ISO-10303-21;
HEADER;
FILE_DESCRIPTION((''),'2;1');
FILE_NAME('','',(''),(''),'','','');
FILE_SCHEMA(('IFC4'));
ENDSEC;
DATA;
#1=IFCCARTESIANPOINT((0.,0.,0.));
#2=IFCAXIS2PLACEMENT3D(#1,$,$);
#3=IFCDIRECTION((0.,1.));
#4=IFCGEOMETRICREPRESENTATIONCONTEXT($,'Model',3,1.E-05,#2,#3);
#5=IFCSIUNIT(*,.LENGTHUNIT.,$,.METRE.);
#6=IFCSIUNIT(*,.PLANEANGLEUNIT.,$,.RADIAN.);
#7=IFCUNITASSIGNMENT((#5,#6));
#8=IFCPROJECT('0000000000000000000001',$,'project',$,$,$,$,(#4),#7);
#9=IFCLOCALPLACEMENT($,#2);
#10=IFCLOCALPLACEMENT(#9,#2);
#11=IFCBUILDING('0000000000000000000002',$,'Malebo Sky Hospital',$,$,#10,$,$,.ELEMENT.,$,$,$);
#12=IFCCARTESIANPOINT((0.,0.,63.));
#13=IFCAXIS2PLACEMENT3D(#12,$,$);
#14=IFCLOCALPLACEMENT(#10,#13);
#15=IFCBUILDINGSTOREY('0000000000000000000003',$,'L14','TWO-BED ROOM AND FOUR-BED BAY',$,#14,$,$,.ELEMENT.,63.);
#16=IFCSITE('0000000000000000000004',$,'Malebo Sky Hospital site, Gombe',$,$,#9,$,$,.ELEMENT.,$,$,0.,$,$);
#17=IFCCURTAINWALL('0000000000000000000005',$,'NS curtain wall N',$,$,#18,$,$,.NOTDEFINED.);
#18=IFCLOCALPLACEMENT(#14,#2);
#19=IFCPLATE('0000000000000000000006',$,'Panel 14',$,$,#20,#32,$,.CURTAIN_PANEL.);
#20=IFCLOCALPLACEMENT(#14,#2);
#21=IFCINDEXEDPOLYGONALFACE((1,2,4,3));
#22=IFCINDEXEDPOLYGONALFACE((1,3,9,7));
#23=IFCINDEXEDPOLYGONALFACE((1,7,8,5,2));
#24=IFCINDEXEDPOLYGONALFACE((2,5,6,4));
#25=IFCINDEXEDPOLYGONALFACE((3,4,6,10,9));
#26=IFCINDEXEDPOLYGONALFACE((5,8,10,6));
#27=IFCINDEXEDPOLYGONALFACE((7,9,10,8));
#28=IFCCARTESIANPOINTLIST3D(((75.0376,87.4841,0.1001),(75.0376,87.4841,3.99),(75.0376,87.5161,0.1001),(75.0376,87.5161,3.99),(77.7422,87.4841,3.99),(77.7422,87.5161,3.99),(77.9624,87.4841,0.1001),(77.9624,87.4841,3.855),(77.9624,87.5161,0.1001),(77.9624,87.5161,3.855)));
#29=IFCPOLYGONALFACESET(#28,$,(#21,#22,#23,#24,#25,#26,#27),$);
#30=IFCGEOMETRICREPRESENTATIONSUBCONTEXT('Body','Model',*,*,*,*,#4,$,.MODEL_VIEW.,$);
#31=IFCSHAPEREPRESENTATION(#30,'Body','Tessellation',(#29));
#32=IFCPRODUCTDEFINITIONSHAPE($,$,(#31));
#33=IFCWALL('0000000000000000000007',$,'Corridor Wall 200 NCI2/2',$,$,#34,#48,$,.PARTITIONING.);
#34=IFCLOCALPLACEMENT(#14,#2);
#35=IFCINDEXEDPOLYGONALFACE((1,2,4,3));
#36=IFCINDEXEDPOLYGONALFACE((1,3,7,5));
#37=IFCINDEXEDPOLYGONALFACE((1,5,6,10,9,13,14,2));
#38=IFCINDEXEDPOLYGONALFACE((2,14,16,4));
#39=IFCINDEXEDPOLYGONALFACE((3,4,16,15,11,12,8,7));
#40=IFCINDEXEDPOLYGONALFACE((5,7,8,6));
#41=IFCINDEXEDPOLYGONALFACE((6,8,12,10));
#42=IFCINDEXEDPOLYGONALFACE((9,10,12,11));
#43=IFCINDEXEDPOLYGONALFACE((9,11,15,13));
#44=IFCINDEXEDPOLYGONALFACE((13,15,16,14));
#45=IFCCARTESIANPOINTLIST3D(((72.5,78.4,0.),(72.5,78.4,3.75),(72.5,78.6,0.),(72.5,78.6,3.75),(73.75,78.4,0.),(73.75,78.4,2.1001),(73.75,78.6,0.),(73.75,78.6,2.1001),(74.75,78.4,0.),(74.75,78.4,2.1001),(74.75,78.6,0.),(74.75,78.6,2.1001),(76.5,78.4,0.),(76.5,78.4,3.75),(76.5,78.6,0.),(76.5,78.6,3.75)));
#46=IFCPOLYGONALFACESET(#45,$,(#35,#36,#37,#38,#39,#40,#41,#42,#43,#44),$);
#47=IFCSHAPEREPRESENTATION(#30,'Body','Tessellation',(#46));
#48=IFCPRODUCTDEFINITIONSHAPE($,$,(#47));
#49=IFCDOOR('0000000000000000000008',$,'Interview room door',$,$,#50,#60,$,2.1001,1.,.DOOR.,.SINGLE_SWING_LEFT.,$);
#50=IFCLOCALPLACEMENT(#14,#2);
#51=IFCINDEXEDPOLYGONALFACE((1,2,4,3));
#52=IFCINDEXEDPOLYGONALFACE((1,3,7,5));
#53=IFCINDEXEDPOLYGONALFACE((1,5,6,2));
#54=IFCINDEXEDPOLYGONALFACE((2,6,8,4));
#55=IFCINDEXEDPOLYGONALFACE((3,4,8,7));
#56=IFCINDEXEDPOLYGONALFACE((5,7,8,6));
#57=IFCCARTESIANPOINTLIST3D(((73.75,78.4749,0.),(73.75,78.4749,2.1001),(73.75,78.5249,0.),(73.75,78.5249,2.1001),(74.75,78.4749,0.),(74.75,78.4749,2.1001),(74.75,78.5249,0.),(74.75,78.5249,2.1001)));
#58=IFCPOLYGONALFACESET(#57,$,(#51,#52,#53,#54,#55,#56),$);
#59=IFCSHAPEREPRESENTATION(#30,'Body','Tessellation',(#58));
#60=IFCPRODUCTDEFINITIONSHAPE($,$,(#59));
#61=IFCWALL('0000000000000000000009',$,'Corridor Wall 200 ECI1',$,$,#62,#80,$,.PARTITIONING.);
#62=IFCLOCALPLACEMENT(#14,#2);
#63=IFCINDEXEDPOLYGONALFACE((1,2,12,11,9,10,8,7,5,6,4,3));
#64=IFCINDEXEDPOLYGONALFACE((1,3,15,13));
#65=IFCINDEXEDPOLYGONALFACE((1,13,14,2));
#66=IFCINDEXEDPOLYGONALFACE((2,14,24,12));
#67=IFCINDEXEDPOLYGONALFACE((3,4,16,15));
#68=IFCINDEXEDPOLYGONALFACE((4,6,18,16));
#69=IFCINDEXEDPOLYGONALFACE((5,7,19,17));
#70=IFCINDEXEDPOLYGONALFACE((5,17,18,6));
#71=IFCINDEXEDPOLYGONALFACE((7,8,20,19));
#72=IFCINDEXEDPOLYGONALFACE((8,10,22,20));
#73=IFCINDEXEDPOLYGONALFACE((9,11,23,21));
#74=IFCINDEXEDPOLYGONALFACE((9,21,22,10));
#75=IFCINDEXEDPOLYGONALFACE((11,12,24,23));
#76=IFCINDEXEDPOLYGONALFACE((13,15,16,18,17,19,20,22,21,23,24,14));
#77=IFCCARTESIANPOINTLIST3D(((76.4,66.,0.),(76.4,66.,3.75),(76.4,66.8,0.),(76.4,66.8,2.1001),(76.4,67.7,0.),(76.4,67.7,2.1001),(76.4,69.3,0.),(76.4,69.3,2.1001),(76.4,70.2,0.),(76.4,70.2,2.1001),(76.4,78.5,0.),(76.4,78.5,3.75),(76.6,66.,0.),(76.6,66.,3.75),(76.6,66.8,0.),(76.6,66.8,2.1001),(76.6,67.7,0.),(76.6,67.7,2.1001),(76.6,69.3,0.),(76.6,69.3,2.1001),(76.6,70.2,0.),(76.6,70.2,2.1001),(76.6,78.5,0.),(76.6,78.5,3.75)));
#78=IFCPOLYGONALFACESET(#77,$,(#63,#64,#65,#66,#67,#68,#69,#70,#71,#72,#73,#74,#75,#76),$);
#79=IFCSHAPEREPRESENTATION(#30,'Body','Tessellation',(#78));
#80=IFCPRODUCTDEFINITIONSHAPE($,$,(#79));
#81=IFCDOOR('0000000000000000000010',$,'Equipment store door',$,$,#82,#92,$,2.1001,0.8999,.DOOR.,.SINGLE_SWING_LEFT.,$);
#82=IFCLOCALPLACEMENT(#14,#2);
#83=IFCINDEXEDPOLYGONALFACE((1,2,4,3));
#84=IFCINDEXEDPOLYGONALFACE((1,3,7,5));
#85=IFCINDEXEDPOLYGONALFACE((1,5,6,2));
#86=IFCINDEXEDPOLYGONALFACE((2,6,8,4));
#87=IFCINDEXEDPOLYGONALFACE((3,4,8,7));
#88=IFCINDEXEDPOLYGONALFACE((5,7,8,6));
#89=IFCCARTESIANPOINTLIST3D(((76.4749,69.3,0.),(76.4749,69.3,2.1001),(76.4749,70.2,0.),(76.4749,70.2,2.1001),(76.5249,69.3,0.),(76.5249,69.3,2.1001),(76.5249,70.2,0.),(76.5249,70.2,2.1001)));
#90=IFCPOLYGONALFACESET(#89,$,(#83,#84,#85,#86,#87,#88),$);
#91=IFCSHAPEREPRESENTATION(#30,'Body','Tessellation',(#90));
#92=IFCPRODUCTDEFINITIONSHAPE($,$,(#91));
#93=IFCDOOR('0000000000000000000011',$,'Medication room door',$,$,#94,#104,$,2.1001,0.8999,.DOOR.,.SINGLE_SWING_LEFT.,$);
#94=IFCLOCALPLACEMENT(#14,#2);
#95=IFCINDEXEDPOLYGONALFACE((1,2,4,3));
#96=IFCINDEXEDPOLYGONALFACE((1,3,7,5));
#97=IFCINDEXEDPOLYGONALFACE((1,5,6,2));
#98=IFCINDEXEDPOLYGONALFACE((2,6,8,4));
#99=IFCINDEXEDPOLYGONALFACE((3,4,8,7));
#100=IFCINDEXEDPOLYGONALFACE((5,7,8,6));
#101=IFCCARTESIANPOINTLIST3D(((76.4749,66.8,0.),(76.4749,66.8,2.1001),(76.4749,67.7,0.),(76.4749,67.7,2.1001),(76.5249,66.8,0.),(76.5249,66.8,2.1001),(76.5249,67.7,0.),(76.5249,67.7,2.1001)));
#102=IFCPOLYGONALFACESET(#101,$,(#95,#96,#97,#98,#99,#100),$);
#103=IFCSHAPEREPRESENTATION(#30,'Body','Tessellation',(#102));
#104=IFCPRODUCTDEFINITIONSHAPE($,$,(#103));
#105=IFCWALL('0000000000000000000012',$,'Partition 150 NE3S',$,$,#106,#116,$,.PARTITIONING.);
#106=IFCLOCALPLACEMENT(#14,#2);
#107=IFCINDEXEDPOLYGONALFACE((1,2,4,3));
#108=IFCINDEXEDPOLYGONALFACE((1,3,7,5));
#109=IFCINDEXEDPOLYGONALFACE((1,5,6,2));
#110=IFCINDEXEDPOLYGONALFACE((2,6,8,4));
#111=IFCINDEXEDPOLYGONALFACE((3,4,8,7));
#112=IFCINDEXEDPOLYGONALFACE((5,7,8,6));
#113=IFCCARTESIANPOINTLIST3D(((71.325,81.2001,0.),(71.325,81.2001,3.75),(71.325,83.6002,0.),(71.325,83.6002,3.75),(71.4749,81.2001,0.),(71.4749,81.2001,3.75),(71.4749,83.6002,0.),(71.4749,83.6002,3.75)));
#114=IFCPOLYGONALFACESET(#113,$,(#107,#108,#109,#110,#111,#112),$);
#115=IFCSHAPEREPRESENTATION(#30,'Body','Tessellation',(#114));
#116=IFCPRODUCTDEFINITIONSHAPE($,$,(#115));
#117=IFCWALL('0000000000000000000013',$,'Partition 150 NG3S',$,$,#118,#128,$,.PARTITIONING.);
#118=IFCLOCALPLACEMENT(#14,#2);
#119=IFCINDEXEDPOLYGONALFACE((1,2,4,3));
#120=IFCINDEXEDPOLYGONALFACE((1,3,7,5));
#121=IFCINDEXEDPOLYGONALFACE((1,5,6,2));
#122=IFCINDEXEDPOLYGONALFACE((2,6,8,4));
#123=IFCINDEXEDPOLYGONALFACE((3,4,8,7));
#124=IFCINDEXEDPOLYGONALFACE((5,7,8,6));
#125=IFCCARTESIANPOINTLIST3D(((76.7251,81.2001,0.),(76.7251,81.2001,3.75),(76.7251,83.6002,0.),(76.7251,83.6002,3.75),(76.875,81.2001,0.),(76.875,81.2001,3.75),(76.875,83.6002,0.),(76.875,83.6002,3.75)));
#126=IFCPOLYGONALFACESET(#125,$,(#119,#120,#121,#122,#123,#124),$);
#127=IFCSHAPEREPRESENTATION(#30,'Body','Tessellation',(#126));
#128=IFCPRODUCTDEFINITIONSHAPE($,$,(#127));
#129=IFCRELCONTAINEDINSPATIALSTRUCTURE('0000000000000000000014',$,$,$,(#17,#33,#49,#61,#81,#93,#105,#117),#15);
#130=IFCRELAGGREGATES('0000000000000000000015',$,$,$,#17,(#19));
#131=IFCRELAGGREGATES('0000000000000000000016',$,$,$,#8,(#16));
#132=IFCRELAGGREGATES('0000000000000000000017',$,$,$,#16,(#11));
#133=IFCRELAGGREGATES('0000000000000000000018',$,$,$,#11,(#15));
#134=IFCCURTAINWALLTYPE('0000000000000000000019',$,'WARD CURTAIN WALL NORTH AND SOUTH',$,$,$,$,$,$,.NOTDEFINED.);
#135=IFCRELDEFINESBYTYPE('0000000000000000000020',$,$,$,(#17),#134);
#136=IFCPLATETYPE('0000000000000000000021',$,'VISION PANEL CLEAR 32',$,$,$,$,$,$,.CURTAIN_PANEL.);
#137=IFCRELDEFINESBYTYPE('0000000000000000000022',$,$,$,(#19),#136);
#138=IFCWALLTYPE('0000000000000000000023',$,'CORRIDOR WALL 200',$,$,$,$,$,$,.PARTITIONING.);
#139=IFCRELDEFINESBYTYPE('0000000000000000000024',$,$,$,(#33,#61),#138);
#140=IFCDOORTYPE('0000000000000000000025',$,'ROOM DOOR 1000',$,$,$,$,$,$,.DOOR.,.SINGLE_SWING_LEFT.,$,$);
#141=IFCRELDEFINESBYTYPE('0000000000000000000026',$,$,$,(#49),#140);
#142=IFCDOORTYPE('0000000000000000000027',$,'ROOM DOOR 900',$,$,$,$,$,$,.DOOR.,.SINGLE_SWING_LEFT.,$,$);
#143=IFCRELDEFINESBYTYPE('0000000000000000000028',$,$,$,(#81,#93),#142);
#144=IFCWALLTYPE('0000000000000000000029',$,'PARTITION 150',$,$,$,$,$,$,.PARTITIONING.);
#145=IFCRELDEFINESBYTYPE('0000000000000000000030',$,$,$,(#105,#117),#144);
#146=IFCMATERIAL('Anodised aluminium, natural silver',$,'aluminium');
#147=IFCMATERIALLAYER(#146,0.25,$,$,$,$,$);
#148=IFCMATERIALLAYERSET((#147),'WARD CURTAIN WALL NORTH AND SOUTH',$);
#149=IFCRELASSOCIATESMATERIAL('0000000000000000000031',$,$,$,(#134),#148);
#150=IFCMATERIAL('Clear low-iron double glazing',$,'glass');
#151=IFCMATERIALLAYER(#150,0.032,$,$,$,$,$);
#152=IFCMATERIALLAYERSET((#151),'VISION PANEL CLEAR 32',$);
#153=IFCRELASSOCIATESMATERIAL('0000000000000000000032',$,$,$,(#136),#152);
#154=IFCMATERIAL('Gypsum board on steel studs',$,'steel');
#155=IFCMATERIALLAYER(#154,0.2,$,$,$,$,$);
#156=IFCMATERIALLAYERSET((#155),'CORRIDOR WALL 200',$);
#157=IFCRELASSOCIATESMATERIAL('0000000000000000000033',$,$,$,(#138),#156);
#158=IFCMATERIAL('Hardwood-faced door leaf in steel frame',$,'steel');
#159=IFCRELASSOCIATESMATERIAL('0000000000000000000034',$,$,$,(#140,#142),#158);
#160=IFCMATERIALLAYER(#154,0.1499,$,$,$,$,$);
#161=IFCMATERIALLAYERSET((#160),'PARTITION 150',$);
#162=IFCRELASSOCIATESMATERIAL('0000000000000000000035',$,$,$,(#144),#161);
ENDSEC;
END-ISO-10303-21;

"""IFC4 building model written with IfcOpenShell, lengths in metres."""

from ifc_helpers import new_model, si_unit, direction, frame, frame_2d, origin, place, context, subcontext, project, spatial, polyline, rectangle, outline, extrude, material, layer, layer_set, type_object, element, fill, aggregate, save


model = new_model("IFC4")

# Units and contexts
model_context = context("Model", 3, precision=1e-05, world=origin(), true_north=direction((0.0, 1.0)))
body_context = subcontext(model_context, "Body", "Model", "MODEL_VIEW")
ifc_project = project(units=[si_unit("LENGTHUNIT", "METRE"), si_unit("PLANEANGLEUNIT", "RADIAN")], contexts=[model_context])

# Site, building, storey
site_placement = place(None, origin())
site = spatial("IfcSite", under=ifc_project, at=site_placement, Name="Malebo Sky Hospital site, Gombe", CompositionType="ELEMENT", RefElevation=0.0)
building_placement = place(site_placement, origin())
building = spatial("IfcBuilding", under=site, at=building_placement, Name="Malebo Sky Hospital", CompositionType="ELEMENT")
storey_placement = place(building_placement, frame((0.0, 0.0, 63.0)))
storey = spatial("IfcBuildingStorey", under=building, at=storey_placement, Name="L14", Description="TWO-BED ROOM AND FOUR-BED BAY", CompositionType="ELEMENT", Elevation=63.0)

# Curtain wall
ifc_material_1 = material(Name="Anodised aluminium, natural silver", Category="aluminium")
ifc_layer_1 = layer(ifc_material_1, 0.25)
ifc_layer_set_1 = layer_set([ifc_layer_1], Name="WARD CURTAIN WALL NORTH AND SOUTH")
curtain_wall_type = type_object("IfcCurtainWallType", Name="WARD CURTAIN WALL NORTH AND SOUTH", PredefinedType="NOTDEFINED", material=ifc_layer_set_1)
curtain_wall_placement = place(storey_placement, origin())
curtain_wall = element("IfcCurtainWall", 1, at=curtain_wall_placement, inside=storey, type_object=curtain_wall_type, Name="NS curtain wall N", PredefinedType="NOTDEFINED")

# Plate
ifc_material_2 = material(Name="Clear low-iron double glazing", Category="glass")
ifc_layer_2 = layer(ifc_material_2, 0.032)
ifc_layer_set_2 = layer_set([ifc_layer_2], Name="VISION PANEL CLEAR 32")
plate_type = type_object("IfcPlateType", Name="VISION PANEL CLEAR 32", PredefinedType="CURTAIN_PANEL", material=ifc_layer_set_2)
plate_1_placement = place(storey_placement, frame((76.5, 87.5, 0.1001), z_axis=(0.0, 0.0, 1.0), x_axis=(1.0, 0.0, 0.0)))
plate_1 = element("IfcPlate", 2, at=plate_1_placement, type_object=plate_type, Name="Panel 14", PredefinedType="CURTAIN_PANEL", context=body_context, shape_type="SweptSolid", body=[
    extrude(outline(polyline([(-1.4624, 0.0), (1.4624, 0.0), (1.4624, 3.7549), (1.2422, 3.8899), (-1.4624, 3.8899), (-1.4624, 0.0)])), frame((0.0, 0.0161, 0.0), z_axis=(0.0, -1.0, 0.0), x_axis=(1.0, 0.0, 0.0)), (0.0, 0.0, 1.0), 0.032),
])
aggregate(curtain_wall, [plate_1])

# Wall, opening, door
ifc_material_3 = material(Name="Gypsum board on steel studs", Category="steel")
ifc_layer_3 = layer(ifc_material_3, 0.2)
ifc_layer_set_3 = layer_set([ifc_layer_3], Name="CORRIDOR WALL 200")
wall_type_1 = type_object("IfcWallType", Name="CORRIDOR WALL 200", PredefinedType="PARTITIONING", material=ifc_layer_set_3)
wall_1_placement = place(storey_placement, frame((72.5, 78.5, 0.0), z_axis=(0.0, 0.0, 1.0), x_axis=(1.0, 0.0, 0.0)))
wall_1 = element("IfcWall", 3, at=wall_1_placement, inside=storey, type_object=wall_type_1, Name="Corridor Wall 200 NCI2/2", PredefinedType="PARTITIONING", context=body_context, shape_type="SweptSolid", body=[
    extrude(rectangle(XDim=4.0, YDim=0.2, at=frame_2d((2.0, 0.0))), origin(), (0.0, 0.0, 1.0), 3.75),
])
opening_1_placement = place(wall_1_placement, frame((1.25, 0.0, 0.0)))
opening_1 = element("IfcOpeningElement", 4, at=opening_1_placement, cuts=wall_1, PredefinedType="OPENING", context=body_context, shape_type="SweptSolid", body=[
    extrude(rectangle(XDim=1.0, YDim=2.1001, at=frame_2d((0.5, 1.05))), frame((0.0, 0.1099, 0.0), z_axis=(0.0, -1.0, 0.0), x_axis=(1.0, 0.0, 0.0)), (0.0, 0.0, 1.0), 0.22),
])
ifc_material_4 = material(Name="Hardwood-faced door leaf in steel frame", Category="steel")
door_type_1 = type_object("IfcDoorType", Name="ROOM DOOR 1000", OperationType="SINGLE_SWING_LEFT", PredefinedType="DOOR", material=ifc_material_4)
door_1_placement = place(opening_1_placement, origin())
door_1 = element("IfcDoor", 5, at=door_1_placement, inside=storey, type_object=door_type_1, Name="Interview room door", OperationType="SINGLE_SWING_LEFT", OverallHeight=2.1001, OverallWidth=1.0, PredefinedType="DOOR", context=body_context, shape_type="SweptSolid", body=[
    extrude(rectangle(XDim=1.0, YDim=2.1001, at=frame_2d((0.5, 1.05))), frame((0.0, 0.0249, 0.0), z_axis=(0.0, -1.0, 0.0), x_axis=(1.0, 0.0, 0.0)), (0.0, 0.0, 1.0), 0.05),
])
fill(opening_1, door_1)

# Wall, openings, doors
wall_2_placement = place(storey_placement, frame((76.5, 78.5, 0.0), z_axis=(0.0, 0.0, 1.0), x_axis=(0.0, -1.0, 0.0)))
wall_2 = element("IfcWall", 6, at=wall_2_placement, inside=storey, type_object=wall_type_1, Name="Corridor Wall 200 ECI1", PredefinedType="PARTITIONING", context=body_context, shape_type="SweptSolid", body=[
    extrude(rectangle(XDim=12.5, YDim=0.2, at=frame_2d((6.25, 0.0))), origin(), (0.0, 0.0, 1.0), 3.75),
])
opening_2_placement = place(wall_2_placement, frame((8.3, 0.0, 0.0)))
opening_2 = element("IfcOpeningElement", 7, at=opening_2_placement, cuts=wall_2, PredefinedType="OPENING", context=body_context, shape_type="SweptSolid", body=[
    extrude(rectangle(XDim=0.8999, YDim=2.1001, at=frame_2d((0.45, 1.05))), frame((0.0, 0.1099, 0.0), z_axis=(0.0, -1.0, 0.0), x_axis=(1.0, 0.0, 0.0)), (0.0, 0.0, 1.0), 0.22),
])
opening_3_placement = place(wall_2_placement, frame((10.8, 0.0, 0.0)))
opening_3 = element("IfcOpeningElement", 8, at=opening_3_placement, cuts=wall_2, PredefinedType="OPENING", context=body_context, shape_type="SweptSolid", body=[
    extrude(rectangle(XDim=0.8999, YDim=2.1001, at=frame_2d((0.45, 1.05))), frame((0.0, 0.1099, 0.0), z_axis=(0.0, -1.0, 0.0), x_axis=(1.0, 0.0, 0.0)), (0.0, 0.0, 1.0), 0.22),
])
door_type_2 = type_object("IfcDoorType", Name="ROOM DOOR 900", OperationType="SINGLE_SWING_LEFT", PredefinedType="DOOR", material=ifc_material_4)
door_2_placement = place(opening_2_placement, origin())
door_2 = element("IfcDoor", 9, at=door_2_placement, inside=storey, type_object=door_type_2, Name="Equipment store door", OperationType="SINGLE_SWING_LEFT", OverallHeight=2.1001, OverallWidth=0.8999, PredefinedType="DOOR", context=body_context, shape_type="SweptSolid", body=[
    extrude(rectangle(XDim=0.8999, YDim=2.1001, at=frame_2d((0.45, 1.05))), frame((0.0, 0.0249, 0.0), z_axis=(0.0, -1.0, 0.0), x_axis=(1.0, 0.0, 0.0)), (0.0, 0.0, 1.0), 0.05),
])
fill(opening_2, door_2)
door_3_placement = place(opening_3_placement, origin())
door_3 = element("IfcDoor", 10, at=door_3_placement, inside=storey, type_object=door_type_2, Name="Medication room door", OperationType="SINGLE_SWING_LEFT", OverallHeight=2.1001, OverallWidth=0.8999, PredefinedType="DOOR", context=body_context, shape_type="SweptSolid", body=[
    extrude(rectangle(XDim=0.8999, YDim=2.1001, at=frame_2d((0.45, 1.05))), frame((0.0, 0.0249, 0.0), z_axis=(0.0, -1.0, 0.0), x_axis=(1.0, 0.0, 0.0)), (0.0, 0.0, 1.0), 0.05),
])
fill(opening_3, door_3)

# Walls
ifc_layer_4 = layer(ifc_material_3, 0.1499)
ifc_layer_set_4 = layer_set([ifc_layer_4], Name="PARTITION 150")
wall_type_2 = type_object("IfcWallType", Name="PARTITION 150", PredefinedType="PARTITIONING", material=ifc_layer_set_4)
for number, where, z_axis, x_axis, name in (
    (11, (71.3999, 81.2, 0.0), (0.0, 0.0, 1.0), (0.0, 1.0, 0.0), "Partition 150 NE3S"),
    (12, (76.8, 81.2, 0.0), (0.0, 0.0, 1.0), (0.0, 1.0, 0.0), "Partition 150 NG3S"),
):
    element("IfcWall", number, at=place(storey_placement, frame(where, z_axis=z_axis, x_axis=x_axis)), inside=storey, type_object=wall_type_2, Name=name, PredefinedType="PARTITIONING", context=body_context, shape_type="SweptSolid", body=[
        extrude(rectangle(XDim=2.4001, YDim=0.1499, at=frame_2d((1.2002, 0.0))), origin(), (0.0, 0.0, 1.0), 3.75),
    ])

save(model, "model.ifc")
